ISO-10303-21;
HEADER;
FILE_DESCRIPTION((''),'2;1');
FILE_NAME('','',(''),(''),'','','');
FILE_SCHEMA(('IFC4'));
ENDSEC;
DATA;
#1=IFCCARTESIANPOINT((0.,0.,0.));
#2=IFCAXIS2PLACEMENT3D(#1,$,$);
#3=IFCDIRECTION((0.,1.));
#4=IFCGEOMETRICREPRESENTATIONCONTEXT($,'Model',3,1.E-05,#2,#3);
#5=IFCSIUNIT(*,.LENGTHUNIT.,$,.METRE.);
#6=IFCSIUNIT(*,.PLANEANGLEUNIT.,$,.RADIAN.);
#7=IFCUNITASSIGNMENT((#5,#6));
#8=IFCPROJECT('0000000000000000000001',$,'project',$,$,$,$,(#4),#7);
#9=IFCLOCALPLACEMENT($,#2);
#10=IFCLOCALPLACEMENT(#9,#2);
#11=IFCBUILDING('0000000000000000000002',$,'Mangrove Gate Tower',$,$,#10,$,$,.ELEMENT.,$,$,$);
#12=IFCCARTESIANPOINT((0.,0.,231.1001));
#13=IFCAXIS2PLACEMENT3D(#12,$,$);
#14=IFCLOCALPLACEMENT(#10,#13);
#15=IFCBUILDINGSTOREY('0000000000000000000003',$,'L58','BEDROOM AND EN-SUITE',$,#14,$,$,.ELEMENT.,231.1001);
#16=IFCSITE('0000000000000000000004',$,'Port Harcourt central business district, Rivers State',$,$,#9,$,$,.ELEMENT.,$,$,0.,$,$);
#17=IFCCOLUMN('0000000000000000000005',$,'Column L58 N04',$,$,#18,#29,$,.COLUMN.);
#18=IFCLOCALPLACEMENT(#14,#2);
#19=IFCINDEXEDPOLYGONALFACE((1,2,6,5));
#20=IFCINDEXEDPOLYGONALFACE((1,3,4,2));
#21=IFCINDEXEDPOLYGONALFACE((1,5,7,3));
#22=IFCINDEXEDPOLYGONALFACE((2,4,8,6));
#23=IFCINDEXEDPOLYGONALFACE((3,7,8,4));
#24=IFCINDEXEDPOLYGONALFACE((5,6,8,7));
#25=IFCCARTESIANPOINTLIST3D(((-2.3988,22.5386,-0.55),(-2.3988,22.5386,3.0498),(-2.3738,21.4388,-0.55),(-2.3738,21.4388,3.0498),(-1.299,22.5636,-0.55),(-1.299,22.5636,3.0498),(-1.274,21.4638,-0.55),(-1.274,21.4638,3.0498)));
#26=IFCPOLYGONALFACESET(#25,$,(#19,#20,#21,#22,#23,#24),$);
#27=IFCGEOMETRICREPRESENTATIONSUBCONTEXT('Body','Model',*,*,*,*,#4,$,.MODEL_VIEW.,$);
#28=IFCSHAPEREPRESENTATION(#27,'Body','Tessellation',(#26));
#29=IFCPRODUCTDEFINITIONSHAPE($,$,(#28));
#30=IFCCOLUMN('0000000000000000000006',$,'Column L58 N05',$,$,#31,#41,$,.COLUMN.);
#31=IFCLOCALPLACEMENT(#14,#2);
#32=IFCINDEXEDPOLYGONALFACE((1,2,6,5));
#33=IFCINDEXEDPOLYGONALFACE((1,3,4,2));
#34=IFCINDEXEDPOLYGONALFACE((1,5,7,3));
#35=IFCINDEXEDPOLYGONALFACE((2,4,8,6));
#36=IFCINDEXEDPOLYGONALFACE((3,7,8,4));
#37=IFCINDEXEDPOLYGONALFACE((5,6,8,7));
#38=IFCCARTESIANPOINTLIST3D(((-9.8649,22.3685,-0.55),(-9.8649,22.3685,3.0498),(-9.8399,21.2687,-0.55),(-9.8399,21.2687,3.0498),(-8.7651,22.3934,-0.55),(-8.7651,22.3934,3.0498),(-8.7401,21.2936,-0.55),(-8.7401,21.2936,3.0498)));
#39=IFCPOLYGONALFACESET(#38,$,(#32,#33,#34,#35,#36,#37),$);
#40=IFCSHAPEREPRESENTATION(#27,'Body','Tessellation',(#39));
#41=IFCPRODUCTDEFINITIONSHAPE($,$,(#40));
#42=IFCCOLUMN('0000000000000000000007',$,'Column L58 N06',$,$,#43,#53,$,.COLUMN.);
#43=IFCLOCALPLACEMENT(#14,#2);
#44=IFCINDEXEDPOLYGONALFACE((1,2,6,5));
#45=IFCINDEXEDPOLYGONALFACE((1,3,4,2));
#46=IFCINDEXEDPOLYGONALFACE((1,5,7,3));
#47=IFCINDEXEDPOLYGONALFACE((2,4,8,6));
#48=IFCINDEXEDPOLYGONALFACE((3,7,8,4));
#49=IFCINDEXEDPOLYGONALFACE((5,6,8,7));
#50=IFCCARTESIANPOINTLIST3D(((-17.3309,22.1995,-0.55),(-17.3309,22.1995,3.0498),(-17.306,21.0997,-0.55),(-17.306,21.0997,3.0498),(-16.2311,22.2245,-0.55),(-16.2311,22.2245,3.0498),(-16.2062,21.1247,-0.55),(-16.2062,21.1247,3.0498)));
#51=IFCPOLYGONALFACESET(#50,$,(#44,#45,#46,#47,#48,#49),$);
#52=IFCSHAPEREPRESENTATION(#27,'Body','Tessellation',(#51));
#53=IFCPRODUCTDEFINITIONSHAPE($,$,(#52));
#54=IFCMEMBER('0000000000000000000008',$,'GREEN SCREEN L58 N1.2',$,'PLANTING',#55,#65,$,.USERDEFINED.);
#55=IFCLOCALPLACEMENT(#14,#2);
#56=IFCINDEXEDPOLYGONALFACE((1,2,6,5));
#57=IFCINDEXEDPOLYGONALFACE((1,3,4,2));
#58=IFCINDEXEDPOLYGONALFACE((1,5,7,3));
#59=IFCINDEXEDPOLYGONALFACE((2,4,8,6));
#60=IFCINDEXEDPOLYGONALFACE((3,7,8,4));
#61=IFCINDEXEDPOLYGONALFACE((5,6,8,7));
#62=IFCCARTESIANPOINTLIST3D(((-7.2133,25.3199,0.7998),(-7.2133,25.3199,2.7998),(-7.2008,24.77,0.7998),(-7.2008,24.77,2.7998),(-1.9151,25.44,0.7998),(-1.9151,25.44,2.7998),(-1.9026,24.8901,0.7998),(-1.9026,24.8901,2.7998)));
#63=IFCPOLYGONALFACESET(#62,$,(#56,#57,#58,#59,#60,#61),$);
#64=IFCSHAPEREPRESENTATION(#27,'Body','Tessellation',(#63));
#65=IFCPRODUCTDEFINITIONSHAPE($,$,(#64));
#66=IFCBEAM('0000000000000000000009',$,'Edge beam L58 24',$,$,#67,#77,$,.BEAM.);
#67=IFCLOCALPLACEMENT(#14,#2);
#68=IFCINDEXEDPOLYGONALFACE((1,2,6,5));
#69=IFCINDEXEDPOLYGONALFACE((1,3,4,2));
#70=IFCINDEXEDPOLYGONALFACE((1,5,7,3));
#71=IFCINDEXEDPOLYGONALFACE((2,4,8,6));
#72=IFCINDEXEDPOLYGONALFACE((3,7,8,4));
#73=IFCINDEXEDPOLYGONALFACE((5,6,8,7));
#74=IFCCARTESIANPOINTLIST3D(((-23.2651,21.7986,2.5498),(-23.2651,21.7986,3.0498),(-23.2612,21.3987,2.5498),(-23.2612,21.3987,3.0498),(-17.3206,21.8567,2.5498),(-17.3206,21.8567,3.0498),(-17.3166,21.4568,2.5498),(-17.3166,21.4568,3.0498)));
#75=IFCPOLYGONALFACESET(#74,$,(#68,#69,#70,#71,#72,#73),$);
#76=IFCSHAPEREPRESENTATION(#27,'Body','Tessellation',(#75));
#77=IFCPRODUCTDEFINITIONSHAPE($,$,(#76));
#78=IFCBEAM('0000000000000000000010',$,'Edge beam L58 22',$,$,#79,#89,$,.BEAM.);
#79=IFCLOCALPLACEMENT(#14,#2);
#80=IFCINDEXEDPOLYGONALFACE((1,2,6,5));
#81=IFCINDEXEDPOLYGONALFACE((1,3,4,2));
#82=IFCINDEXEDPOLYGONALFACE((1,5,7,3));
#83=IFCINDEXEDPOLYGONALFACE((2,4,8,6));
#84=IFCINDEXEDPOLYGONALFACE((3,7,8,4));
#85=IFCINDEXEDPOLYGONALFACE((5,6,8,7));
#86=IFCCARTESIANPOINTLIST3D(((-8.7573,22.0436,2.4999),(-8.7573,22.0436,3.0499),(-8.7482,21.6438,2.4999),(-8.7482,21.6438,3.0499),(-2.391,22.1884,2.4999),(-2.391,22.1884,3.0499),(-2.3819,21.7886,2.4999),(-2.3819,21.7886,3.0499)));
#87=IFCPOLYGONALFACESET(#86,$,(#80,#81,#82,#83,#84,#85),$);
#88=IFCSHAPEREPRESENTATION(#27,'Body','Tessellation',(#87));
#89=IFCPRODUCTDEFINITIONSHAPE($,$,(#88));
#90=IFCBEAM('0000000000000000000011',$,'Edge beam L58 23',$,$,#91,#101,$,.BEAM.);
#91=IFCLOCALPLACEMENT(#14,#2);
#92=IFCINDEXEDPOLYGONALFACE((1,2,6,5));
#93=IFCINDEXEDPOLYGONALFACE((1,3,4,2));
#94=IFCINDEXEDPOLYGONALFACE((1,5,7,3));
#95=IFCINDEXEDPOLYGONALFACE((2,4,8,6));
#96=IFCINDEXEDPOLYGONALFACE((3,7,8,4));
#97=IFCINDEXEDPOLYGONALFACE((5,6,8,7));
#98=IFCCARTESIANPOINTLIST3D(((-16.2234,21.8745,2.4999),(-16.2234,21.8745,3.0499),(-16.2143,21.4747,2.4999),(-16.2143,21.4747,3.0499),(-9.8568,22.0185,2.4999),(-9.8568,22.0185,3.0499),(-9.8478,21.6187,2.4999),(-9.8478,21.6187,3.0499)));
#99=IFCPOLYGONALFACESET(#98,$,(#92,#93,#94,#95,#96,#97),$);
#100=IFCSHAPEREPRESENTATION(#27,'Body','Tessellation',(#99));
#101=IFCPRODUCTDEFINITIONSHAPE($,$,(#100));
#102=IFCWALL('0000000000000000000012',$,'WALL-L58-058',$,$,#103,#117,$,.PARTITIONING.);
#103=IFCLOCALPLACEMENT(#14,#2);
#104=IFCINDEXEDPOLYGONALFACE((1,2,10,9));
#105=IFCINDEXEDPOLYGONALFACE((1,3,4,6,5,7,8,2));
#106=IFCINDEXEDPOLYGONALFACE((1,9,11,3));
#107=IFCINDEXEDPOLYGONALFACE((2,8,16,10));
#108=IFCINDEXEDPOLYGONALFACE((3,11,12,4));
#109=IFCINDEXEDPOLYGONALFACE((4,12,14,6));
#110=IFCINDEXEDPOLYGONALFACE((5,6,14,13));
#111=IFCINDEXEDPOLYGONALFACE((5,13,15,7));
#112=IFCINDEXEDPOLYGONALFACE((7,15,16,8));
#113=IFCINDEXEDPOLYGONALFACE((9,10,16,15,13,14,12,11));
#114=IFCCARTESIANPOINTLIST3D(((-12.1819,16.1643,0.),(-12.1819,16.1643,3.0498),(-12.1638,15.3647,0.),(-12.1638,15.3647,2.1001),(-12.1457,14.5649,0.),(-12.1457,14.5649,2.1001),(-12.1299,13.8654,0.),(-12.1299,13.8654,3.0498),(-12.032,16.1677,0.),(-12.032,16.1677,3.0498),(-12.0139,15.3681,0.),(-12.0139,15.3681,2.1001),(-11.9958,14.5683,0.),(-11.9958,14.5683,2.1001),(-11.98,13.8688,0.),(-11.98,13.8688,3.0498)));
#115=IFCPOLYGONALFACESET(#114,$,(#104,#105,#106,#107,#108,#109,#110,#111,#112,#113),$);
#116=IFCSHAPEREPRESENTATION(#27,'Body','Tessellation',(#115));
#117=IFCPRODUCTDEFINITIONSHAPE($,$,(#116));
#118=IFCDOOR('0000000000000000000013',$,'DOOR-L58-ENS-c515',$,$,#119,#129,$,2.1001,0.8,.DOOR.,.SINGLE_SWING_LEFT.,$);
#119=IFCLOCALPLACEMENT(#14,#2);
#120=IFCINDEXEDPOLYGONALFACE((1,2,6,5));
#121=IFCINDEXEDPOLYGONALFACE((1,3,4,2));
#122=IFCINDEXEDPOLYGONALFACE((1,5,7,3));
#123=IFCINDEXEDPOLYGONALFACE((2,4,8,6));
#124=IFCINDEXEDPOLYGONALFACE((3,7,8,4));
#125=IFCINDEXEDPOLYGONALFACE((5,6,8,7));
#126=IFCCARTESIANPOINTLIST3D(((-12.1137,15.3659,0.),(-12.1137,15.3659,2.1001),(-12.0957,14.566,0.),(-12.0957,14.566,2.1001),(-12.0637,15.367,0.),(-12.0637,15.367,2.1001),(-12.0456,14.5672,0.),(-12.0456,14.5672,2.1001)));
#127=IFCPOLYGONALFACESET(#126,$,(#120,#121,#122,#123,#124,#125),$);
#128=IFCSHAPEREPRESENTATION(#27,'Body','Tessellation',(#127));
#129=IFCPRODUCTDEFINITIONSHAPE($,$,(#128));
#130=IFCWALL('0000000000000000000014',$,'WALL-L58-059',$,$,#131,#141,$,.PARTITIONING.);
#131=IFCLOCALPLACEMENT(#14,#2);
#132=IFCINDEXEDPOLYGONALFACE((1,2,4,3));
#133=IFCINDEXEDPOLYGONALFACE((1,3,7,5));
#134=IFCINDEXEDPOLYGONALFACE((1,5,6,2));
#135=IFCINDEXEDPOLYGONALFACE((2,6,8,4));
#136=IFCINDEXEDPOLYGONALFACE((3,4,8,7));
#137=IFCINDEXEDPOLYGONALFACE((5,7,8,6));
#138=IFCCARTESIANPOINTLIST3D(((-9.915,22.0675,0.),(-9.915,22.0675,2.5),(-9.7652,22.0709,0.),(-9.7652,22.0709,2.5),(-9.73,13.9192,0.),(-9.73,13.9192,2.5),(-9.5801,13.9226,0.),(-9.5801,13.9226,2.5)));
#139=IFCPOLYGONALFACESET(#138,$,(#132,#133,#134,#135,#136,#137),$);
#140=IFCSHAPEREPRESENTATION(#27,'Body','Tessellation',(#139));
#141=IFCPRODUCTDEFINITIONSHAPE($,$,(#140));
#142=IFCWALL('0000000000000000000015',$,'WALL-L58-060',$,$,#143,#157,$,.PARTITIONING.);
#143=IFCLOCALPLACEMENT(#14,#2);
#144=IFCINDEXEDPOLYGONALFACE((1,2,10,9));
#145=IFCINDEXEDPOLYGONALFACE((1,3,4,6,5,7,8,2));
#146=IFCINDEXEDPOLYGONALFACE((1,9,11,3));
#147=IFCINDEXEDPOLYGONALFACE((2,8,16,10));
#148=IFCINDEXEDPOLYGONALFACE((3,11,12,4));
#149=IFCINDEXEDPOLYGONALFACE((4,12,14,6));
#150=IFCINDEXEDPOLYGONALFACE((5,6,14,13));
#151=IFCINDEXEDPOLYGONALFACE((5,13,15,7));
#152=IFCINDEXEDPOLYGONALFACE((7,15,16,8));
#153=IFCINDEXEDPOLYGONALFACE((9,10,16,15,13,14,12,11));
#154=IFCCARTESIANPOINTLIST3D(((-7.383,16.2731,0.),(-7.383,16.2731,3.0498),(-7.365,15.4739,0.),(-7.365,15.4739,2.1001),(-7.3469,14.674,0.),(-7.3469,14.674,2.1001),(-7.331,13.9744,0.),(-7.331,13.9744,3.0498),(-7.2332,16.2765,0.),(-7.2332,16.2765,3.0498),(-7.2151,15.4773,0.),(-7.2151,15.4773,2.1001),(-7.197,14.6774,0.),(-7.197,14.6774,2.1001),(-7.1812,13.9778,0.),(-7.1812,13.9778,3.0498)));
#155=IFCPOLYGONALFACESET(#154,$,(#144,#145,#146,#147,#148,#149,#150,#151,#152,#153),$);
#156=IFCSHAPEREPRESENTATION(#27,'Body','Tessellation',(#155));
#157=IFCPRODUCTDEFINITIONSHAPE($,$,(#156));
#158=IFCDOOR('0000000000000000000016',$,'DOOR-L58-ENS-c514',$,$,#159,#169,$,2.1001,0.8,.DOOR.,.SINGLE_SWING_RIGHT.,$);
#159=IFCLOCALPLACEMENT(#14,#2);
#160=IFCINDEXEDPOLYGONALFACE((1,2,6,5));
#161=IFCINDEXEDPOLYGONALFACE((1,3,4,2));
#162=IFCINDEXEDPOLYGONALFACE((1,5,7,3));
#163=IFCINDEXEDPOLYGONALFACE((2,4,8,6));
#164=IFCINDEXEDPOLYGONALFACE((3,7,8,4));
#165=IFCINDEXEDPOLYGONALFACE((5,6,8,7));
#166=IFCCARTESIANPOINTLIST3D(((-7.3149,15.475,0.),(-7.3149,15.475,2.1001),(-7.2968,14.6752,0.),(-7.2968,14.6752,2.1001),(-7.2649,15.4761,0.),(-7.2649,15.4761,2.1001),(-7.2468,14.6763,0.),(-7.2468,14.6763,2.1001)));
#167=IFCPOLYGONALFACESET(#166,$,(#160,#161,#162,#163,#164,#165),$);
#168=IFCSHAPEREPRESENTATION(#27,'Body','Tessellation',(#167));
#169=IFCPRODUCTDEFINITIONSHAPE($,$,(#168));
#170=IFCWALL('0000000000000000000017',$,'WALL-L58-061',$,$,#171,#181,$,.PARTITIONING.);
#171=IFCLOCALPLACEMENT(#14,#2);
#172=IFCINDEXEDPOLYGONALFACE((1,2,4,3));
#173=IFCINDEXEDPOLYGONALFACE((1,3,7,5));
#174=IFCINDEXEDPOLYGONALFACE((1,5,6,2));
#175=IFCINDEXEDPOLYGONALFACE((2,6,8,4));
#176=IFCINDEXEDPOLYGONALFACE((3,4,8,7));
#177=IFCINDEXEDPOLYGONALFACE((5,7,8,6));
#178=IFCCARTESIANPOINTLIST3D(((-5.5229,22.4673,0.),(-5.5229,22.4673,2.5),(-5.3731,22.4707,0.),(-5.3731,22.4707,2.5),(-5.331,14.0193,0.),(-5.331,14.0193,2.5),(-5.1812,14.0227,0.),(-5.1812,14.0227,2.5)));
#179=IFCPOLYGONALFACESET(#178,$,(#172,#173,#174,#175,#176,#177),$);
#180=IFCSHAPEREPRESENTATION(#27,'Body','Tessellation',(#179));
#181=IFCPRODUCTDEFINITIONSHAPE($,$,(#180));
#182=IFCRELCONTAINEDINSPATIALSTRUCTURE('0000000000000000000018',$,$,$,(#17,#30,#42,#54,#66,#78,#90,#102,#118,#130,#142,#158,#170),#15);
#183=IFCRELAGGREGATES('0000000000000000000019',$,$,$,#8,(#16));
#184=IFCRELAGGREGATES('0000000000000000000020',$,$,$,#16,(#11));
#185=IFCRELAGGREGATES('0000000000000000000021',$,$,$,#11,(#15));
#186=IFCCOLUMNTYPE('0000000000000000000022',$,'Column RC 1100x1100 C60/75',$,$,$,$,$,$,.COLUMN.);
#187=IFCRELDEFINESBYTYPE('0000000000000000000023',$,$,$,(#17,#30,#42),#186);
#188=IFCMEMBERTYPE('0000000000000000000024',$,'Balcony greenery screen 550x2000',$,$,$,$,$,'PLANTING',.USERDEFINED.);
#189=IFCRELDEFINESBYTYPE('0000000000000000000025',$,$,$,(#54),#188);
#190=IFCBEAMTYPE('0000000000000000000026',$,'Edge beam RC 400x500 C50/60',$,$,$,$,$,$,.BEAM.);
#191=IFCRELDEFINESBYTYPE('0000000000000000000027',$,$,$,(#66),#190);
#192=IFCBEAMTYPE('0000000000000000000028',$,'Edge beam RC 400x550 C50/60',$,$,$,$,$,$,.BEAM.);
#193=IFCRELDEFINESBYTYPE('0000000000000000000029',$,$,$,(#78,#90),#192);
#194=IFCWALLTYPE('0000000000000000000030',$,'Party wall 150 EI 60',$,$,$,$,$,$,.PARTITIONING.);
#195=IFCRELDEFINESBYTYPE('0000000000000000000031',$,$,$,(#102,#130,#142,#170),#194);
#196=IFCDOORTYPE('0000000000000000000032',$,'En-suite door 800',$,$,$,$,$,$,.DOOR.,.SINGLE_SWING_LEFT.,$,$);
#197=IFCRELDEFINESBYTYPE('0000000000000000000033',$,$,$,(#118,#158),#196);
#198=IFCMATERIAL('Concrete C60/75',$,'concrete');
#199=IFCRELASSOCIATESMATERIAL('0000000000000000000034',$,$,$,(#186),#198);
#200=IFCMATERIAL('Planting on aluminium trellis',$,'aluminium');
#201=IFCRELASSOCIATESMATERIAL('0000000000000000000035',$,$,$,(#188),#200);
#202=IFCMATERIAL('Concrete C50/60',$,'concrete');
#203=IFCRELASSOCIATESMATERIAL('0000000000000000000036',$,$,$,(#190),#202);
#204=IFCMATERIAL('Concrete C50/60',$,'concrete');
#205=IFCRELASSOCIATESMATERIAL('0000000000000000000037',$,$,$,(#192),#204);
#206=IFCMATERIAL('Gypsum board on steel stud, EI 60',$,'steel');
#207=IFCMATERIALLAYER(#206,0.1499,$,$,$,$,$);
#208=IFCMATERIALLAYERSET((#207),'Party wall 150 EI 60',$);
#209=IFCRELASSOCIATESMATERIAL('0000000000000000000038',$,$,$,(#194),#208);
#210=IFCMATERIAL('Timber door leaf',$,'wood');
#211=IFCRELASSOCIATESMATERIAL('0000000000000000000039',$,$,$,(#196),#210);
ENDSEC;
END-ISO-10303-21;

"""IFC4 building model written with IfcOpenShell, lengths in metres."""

from ifc_helpers import new_model, si_unit, direction, frame, frame_2d, origin, origin_2d, place, context, subcontext, project, spatial, rectangle, extrude, material, layer, layer_set, material_profile, profile_set, type_object, element, fill, save


model = new_model("IFC4")

# Units and contexts
model_context = context("Model", 3, precision=1e-05, world=origin(), true_north=direction((0.0, 1.0)))
body_context = subcontext(model_context, "Body", "Model", "MODEL_VIEW")
ifc_project = project(units=[si_unit("LENGTHUNIT", "METRE"), si_unit("PLANEANGLEUNIT", "RADIAN")], contexts=[model_context])

# Site, building, storey
site_placement = place(None, origin())
site = spatial("IfcSite", under=ifc_project, at=site_placement, Name="Port Harcourt central business district, Rivers State", CompositionType="ELEMENT", RefElevation=0.0)
building_placement = place(site_placement, origin())
building = spatial("IfcBuilding", under=site, at=building_placement, Name="Mangrove Gate Tower", CompositionType="ELEMENT")
storey_placement = place(building_placement, frame((0.0, 0.0, 231.1001)))
storey = spatial("IfcBuildingStorey", under=building, at=storey_placement, Name="L58", Description="BEDROOM AND EN-SUITE", CompositionType="ELEMENT", Elevation=231.1001)

# Columns
ifc_material_1 = material(Name="Concrete C60/75", Category="concrete")
ifc_material_profile_1 = material_profile(ifc_material_1, rectangle(XDim=1.1001, YDim=1.1001, at=origin_2d()))
ifc_profile_set_1 = profile_set([ifc_material_profile_1], Name="Concrete C60/75")
column_type = type_object("IfcColumnType", Name="Column RC 1100x1100 C60/75", PredefinedType="COLUMN", material=ifc_profile_set_1)
for number, where, z_axis, x_axis, name in (
    (1, (-1.8364, 22.0012, -0.55), (0.0, 0.0, 1.0), (-0.999742, -0.022697, 0.0), "Column L58 N04"),
    (2, (-9.3025, 21.8311, -0.55), (0.0, 0.0, 1.0), (-0.999742, -0.022697, 0.0), "Column L58 N05"),
    (3, (-16.7686, 21.6621, -0.55), (0.0, 0.0, 1.0), (-0.999742, -0.022697, 0.0), "Column L58 N06"),
):
    element("IfcColumn", number, at=place(storey_placement, frame(where, z_axis=z_axis, x_axis=x_axis)), inside=storey, type_object=column_type, Name=name, PredefinedType="COLUMN", context=body_context, shape_type="SweptSolid", body=[
        extrude(rectangle(XDim=1.1001, YDim=1.1001, at=origin_2d()), origin(), (0.0, 0.0, 1.0), 3.5999),
    ])

# Member
ifc_material_2 = material(Name="Planting on aluminium trellis", Category="aluminium")
ifc_material_profile_2 = material_profile(ifc_material_2, rectangle(XDim=0.55, YDim=2.0, at=origin_2d()))
ifc_profile_set_2 = profile_set([ifc_material_profile_2], Name="Planting on aluminium trellis")
member_type = type_object("IfcMemberType", Name="Balcony greenery screen 550x2000", ElementType="PLANTING", PredefinedType="USERDEFINED", material=ifc_profile_set_2)
member_placement = place(storey_placement, frame((-7.207, 25.0449, 1.7998), z_axis=(0.999743, 0.022666, 0.0), x_axis=(-0.022666, 0.999743, 0.0)))
element("IfcMember", 4, at=member_placement, inside=storey, type_object=member_type, Name="GREEN SCREEN L58 N1.2", ObjectType="PLANTING", PredefinedType="USERDEFINED", context=body_context, shape_type="SweptSolid", body=[
    extrude(rectangle(XDim=0.55, YDim=2.0, at=origin_2d()), origin(), (0.0, 0.0, 1.0), 5.2996),
])

# Beams
ifc_material_3 = material(Name="Concrete C50/60", Category="concrete")
ifc_material_profile_3 = material_profile(ifc_material_3, rectangle(XDim=0.3999, YDim=0.5, at=origin_2d()))
ifc_profile_set_3 = profile_set([ifc_material_profile_3], Name="Concrete C50/60")
beam_type_1 = type_object("IfcBeamType", Name="Edge beam RC 400x500 C50/60", PredefinedType="BEAM", material=ifc_profile_set_3)
beam_1_placement = place(storey_placement, frame((-17.3186, 21.6567, 2.7998), z_axis=(-0.999952, -0.009774, 0.0), x_axis=(0.009774, -0.999952, 0.0)))
element("IfcBeam", 5, at=beam_1_placement, inside=storey, type_object=beam_type_1, Name="Edge beam L58 24", PredefinedType="BEAM", context=body_context, shape_type="SweptSolid", body=[
    extrude(rectangle(XDim=0.3999, YDim=0.5, at=origin_2d()), origin(), (0.0, 0.0, 1.0), 5.9448),
])
ifc_material_4 = material(Name="Concrete C50/60", Category="concrete")
ifc_material_profile_4 = material_profile(ifc_material_4, rectangle(XDim=0.3999, YDim=0.55, at=origin_2d()))
ifc_profile_set_4 = profile_set([ifc_material_profile_4], Name="Concrete C50/60")
beam_type_2 = type_object("IfcBeamType", Name="Edge beam RC 400x550 C50/60", PredefinedType="BEAM", material=ifc_profile_set_4)
beam_2_placement = place(storey_placement, frame((-2.3865, 21.9885, 2.7749), z_axis=(-0.999742, -0.022735, 0.0), x_axis=(0.022735, -0.999742, 0.0)))
element("IfcBeam", 6, at=beam_2_placement, inside=storey, type_object=beam_type_2, Name="Edge beam L58 22", PredefinedType="BEAM", context=body_context, shape_type="SweptSolid", body=[
    extrude(rectangle(XDim=0.3999, YDim=0.55, at=origin_2d()), origin(), (0.0, 0.0, 1.0), 6.3679),
])
beam_3_placement = place(storey_placement, frame((-9.8523, 21.8186, 2.7749), z_axis=(-0.999744, -0.02262, 0.0), x_axis=(0.02262, -0.999744, 0.0)))
element("IfcBeam", 7, at=beam_3_placement, inside=storey, type_object=beam_type_2, Name="Edge beam L58 23", PredefinedType="BEAM", context=body_context, shape_type="SweptSolid", body=[
    extrude(rectangle(XDim=0.3999, YDim=0.55, at=origin_2d()), origin(), (0.0, 0.0, 1.0), 6.3682),
])

# Wall, opening, door
ifc_material_5 = material(Name="Gypsum board on steel stud, EI 60", Category="steel")
ifc_layer_1 = layer(ifc_material_5, 0.1499)
ifc_layer_set_1 = layer_set([ifc_layer_1], Name="Party wall 150 EI 60")
wall_type_1 = type_object("IfcWallType", Name="Party wall 150 EI 60", PredefinedType="PARTITIONING", material=ifc_layer_set_1)
wall_1_placement = place(storey_placement, frame((-12.0549, 13.8669, 0.0), z_axis=(0.0, 0.0, 1.0), x_axis=(-0.022613, 0.999744, 0.0)))
wall_1 = element("IfcWall", 8, at=wall_1_placement, inside=storey, type_object=wall_type_1, Name="WALL-L58-058", PredefinedType="PARTITIONING", context=body_context, shape_type="SweptSolid", body=[
    extrude(rectangle(XDim=2.2996, YDim=0.1499, at=frame_2d((1.1499, 0.0))), origin(), (0.0, 0.0, 1.0), 3.0498),
])
opening_1_placement = place(wall_1_placement, frame((0.7, 0.0, 0.0)))
opening_1 = element("IfcOpeningElement", 9, at=opening_1_placement, cuts=wall_1, PredefinedType="OPENING", context=body_context, shape_type="SweptSolid", body=[
    extrude(rectangle(XDim=0.8, YDim=2.1001, at=frame_2d((0.3999, 1.05))), frame((0.0, 0.085, 0.0), z_axis=(0.0, -1.0, 0.0), x_axis=(1.0, 0.0, 0.0)), (0.0, 0.0, 1.0), 0.1699),
])
ifc_material_6 = material(Name="Timber door leaf", Category="wood")
door_type = type_object("IfcDoorType", Name="En-suite door 800", OperationType="SINGLE_SWING_LEFT", PredefinedType="DOOR", material=ifc_material_6)
door_1_placement = place(opening_1_placement, origin())
door_1 = element("IfcDoor", 10, at=door_1_placement, inside=storey, type_object=door_type, Name="DOOR-L58-ENS-c515", OperationType="SINGLE_SWING_LEFT", OverallHeight=2.1001, OverallWidth=0.8, PredefinedType="DOOR", context=body_context, shape_type="SweptSolid", body=[
    extrude(rectangle(XDim=0.8, YDim=2.1001, at=frame_2d((0.3999, 1.05))), frame((0.0, 0.0249, 0.0), z_axis=(0.0, -1.0, 0.0), x_axis=(1.0, 0.0, 0.0)), (0.0, 0.0, 1.0), 0.05),
])
fill(opening_1, door_1)

# Wall
wall_2_placement = place(storey_placement, frame((-9.655, 13.9209, 0.0), z_axis=(0.0, 0.0, 1.0), x_axis=(-0.022706, 0.999742, 0.0)))
element("IfcWall", 11, at=wall_2_placement, inside=storey, type_object=wall_type_1, Name="WALL-L58-059", PredefinedType="PARTITIONING", context=body_context, shape_type="SweptSolid", body=[
    extrude(rectangle(XDim=8.1504, YDim=0.1499, at=frame_2d((4.0752, 0.0))), origin(), (0.0, 0.0, 1.0), 2.5),
])

# Wall, opening, door
wall_3_placement = place(storey_placement, frame((-7.2561, 13.9761, 0.0), z_axis=(0.0, 0.0, 1.0), x_axis=(-0.022615, 0.999744, 0.0)))
wall_3 = element("IfcWall", 12, at=wall_3_placement, inside=storey, type_object=wall_type_1, Name="WALL-L58-060", PredefinedType="PARTITIONING", context=body_context, shape_type="SweptSolid", body=[
    extrude(rectangle(XDim=2.2993, YDim=0.1499, at=frame_2d((1.1497, 0.0))), origin(), (0.0, 0.0, 1.0), 3.0498),
])
opening_2_placement = place(wall_3_placement, frame((0.7, 0.0, 0.0)))
opening_2 = element("IfcOpeningElement", 13, at=opening_2_placement, cuts=wall_3, PredefinedType="OPENING", context=body_context, shape_type="SweptSolid", body=[
    extrude(rectangle(XDim=0.8, YDim=2.1001, at=frame_2d((0.3999, 1.05))), frame((0.0, 0.085, 0.0), z_axis=(0.0, -1.0, 0.0), x_axis=(1.0, 0.0, 0.0)), (0.0, 0.0, 1.0), 0.1699),
])
door_2_placement = place(opening_2_placement, origin())
door_2 = element("IfcDoor", 14, at=door_2_placement, inside=storey, type_object=door_type, Name="DOOR-L58-ENS-c514", OperationType="SINGLE_SWING_RIGHT", OverallHeight=2.1001, OverallWidth=0.8, PredefinedType="DOOR", context=body_context, shape_type="SweptSolid", body=[
    extrude(rectangle(XDim=0.8, YDim=2.1001, at=frame_2d((0.3999, 1.05))), frame((0.0, 0.0249, 0.0), z_axis=(0.0, -1.0, 0.0), x_axis=(1.0, 0.0, 0.0)), (0.0, 0.0, 1.0), 0.05),
])
fill(opening_2, door_2)

# Wall
wall_4_placement = place(storey_placement, frame((-5.2561, 14.021, 0.0), z_axis=(0.0, 0.0, 1.0), x_axis=(-0.022709, 0.999742, 0.0)))
element("IfcWall", 15, at=wall_4_placement, inside=storey, type_object=wall_type_1, Name="WALL-L58-061", PredefinedType="PARTITIONING", context=body_context, shape_type="SweptSolid", body=[
    extrude(rectangle(XDim=8.4502, YDim=0.1499, at=frame_2d((4.2251, 0.0))), origin(), (0.0, 0.0, 1.0), 2.5),
])

save(model, "model.ifc")
